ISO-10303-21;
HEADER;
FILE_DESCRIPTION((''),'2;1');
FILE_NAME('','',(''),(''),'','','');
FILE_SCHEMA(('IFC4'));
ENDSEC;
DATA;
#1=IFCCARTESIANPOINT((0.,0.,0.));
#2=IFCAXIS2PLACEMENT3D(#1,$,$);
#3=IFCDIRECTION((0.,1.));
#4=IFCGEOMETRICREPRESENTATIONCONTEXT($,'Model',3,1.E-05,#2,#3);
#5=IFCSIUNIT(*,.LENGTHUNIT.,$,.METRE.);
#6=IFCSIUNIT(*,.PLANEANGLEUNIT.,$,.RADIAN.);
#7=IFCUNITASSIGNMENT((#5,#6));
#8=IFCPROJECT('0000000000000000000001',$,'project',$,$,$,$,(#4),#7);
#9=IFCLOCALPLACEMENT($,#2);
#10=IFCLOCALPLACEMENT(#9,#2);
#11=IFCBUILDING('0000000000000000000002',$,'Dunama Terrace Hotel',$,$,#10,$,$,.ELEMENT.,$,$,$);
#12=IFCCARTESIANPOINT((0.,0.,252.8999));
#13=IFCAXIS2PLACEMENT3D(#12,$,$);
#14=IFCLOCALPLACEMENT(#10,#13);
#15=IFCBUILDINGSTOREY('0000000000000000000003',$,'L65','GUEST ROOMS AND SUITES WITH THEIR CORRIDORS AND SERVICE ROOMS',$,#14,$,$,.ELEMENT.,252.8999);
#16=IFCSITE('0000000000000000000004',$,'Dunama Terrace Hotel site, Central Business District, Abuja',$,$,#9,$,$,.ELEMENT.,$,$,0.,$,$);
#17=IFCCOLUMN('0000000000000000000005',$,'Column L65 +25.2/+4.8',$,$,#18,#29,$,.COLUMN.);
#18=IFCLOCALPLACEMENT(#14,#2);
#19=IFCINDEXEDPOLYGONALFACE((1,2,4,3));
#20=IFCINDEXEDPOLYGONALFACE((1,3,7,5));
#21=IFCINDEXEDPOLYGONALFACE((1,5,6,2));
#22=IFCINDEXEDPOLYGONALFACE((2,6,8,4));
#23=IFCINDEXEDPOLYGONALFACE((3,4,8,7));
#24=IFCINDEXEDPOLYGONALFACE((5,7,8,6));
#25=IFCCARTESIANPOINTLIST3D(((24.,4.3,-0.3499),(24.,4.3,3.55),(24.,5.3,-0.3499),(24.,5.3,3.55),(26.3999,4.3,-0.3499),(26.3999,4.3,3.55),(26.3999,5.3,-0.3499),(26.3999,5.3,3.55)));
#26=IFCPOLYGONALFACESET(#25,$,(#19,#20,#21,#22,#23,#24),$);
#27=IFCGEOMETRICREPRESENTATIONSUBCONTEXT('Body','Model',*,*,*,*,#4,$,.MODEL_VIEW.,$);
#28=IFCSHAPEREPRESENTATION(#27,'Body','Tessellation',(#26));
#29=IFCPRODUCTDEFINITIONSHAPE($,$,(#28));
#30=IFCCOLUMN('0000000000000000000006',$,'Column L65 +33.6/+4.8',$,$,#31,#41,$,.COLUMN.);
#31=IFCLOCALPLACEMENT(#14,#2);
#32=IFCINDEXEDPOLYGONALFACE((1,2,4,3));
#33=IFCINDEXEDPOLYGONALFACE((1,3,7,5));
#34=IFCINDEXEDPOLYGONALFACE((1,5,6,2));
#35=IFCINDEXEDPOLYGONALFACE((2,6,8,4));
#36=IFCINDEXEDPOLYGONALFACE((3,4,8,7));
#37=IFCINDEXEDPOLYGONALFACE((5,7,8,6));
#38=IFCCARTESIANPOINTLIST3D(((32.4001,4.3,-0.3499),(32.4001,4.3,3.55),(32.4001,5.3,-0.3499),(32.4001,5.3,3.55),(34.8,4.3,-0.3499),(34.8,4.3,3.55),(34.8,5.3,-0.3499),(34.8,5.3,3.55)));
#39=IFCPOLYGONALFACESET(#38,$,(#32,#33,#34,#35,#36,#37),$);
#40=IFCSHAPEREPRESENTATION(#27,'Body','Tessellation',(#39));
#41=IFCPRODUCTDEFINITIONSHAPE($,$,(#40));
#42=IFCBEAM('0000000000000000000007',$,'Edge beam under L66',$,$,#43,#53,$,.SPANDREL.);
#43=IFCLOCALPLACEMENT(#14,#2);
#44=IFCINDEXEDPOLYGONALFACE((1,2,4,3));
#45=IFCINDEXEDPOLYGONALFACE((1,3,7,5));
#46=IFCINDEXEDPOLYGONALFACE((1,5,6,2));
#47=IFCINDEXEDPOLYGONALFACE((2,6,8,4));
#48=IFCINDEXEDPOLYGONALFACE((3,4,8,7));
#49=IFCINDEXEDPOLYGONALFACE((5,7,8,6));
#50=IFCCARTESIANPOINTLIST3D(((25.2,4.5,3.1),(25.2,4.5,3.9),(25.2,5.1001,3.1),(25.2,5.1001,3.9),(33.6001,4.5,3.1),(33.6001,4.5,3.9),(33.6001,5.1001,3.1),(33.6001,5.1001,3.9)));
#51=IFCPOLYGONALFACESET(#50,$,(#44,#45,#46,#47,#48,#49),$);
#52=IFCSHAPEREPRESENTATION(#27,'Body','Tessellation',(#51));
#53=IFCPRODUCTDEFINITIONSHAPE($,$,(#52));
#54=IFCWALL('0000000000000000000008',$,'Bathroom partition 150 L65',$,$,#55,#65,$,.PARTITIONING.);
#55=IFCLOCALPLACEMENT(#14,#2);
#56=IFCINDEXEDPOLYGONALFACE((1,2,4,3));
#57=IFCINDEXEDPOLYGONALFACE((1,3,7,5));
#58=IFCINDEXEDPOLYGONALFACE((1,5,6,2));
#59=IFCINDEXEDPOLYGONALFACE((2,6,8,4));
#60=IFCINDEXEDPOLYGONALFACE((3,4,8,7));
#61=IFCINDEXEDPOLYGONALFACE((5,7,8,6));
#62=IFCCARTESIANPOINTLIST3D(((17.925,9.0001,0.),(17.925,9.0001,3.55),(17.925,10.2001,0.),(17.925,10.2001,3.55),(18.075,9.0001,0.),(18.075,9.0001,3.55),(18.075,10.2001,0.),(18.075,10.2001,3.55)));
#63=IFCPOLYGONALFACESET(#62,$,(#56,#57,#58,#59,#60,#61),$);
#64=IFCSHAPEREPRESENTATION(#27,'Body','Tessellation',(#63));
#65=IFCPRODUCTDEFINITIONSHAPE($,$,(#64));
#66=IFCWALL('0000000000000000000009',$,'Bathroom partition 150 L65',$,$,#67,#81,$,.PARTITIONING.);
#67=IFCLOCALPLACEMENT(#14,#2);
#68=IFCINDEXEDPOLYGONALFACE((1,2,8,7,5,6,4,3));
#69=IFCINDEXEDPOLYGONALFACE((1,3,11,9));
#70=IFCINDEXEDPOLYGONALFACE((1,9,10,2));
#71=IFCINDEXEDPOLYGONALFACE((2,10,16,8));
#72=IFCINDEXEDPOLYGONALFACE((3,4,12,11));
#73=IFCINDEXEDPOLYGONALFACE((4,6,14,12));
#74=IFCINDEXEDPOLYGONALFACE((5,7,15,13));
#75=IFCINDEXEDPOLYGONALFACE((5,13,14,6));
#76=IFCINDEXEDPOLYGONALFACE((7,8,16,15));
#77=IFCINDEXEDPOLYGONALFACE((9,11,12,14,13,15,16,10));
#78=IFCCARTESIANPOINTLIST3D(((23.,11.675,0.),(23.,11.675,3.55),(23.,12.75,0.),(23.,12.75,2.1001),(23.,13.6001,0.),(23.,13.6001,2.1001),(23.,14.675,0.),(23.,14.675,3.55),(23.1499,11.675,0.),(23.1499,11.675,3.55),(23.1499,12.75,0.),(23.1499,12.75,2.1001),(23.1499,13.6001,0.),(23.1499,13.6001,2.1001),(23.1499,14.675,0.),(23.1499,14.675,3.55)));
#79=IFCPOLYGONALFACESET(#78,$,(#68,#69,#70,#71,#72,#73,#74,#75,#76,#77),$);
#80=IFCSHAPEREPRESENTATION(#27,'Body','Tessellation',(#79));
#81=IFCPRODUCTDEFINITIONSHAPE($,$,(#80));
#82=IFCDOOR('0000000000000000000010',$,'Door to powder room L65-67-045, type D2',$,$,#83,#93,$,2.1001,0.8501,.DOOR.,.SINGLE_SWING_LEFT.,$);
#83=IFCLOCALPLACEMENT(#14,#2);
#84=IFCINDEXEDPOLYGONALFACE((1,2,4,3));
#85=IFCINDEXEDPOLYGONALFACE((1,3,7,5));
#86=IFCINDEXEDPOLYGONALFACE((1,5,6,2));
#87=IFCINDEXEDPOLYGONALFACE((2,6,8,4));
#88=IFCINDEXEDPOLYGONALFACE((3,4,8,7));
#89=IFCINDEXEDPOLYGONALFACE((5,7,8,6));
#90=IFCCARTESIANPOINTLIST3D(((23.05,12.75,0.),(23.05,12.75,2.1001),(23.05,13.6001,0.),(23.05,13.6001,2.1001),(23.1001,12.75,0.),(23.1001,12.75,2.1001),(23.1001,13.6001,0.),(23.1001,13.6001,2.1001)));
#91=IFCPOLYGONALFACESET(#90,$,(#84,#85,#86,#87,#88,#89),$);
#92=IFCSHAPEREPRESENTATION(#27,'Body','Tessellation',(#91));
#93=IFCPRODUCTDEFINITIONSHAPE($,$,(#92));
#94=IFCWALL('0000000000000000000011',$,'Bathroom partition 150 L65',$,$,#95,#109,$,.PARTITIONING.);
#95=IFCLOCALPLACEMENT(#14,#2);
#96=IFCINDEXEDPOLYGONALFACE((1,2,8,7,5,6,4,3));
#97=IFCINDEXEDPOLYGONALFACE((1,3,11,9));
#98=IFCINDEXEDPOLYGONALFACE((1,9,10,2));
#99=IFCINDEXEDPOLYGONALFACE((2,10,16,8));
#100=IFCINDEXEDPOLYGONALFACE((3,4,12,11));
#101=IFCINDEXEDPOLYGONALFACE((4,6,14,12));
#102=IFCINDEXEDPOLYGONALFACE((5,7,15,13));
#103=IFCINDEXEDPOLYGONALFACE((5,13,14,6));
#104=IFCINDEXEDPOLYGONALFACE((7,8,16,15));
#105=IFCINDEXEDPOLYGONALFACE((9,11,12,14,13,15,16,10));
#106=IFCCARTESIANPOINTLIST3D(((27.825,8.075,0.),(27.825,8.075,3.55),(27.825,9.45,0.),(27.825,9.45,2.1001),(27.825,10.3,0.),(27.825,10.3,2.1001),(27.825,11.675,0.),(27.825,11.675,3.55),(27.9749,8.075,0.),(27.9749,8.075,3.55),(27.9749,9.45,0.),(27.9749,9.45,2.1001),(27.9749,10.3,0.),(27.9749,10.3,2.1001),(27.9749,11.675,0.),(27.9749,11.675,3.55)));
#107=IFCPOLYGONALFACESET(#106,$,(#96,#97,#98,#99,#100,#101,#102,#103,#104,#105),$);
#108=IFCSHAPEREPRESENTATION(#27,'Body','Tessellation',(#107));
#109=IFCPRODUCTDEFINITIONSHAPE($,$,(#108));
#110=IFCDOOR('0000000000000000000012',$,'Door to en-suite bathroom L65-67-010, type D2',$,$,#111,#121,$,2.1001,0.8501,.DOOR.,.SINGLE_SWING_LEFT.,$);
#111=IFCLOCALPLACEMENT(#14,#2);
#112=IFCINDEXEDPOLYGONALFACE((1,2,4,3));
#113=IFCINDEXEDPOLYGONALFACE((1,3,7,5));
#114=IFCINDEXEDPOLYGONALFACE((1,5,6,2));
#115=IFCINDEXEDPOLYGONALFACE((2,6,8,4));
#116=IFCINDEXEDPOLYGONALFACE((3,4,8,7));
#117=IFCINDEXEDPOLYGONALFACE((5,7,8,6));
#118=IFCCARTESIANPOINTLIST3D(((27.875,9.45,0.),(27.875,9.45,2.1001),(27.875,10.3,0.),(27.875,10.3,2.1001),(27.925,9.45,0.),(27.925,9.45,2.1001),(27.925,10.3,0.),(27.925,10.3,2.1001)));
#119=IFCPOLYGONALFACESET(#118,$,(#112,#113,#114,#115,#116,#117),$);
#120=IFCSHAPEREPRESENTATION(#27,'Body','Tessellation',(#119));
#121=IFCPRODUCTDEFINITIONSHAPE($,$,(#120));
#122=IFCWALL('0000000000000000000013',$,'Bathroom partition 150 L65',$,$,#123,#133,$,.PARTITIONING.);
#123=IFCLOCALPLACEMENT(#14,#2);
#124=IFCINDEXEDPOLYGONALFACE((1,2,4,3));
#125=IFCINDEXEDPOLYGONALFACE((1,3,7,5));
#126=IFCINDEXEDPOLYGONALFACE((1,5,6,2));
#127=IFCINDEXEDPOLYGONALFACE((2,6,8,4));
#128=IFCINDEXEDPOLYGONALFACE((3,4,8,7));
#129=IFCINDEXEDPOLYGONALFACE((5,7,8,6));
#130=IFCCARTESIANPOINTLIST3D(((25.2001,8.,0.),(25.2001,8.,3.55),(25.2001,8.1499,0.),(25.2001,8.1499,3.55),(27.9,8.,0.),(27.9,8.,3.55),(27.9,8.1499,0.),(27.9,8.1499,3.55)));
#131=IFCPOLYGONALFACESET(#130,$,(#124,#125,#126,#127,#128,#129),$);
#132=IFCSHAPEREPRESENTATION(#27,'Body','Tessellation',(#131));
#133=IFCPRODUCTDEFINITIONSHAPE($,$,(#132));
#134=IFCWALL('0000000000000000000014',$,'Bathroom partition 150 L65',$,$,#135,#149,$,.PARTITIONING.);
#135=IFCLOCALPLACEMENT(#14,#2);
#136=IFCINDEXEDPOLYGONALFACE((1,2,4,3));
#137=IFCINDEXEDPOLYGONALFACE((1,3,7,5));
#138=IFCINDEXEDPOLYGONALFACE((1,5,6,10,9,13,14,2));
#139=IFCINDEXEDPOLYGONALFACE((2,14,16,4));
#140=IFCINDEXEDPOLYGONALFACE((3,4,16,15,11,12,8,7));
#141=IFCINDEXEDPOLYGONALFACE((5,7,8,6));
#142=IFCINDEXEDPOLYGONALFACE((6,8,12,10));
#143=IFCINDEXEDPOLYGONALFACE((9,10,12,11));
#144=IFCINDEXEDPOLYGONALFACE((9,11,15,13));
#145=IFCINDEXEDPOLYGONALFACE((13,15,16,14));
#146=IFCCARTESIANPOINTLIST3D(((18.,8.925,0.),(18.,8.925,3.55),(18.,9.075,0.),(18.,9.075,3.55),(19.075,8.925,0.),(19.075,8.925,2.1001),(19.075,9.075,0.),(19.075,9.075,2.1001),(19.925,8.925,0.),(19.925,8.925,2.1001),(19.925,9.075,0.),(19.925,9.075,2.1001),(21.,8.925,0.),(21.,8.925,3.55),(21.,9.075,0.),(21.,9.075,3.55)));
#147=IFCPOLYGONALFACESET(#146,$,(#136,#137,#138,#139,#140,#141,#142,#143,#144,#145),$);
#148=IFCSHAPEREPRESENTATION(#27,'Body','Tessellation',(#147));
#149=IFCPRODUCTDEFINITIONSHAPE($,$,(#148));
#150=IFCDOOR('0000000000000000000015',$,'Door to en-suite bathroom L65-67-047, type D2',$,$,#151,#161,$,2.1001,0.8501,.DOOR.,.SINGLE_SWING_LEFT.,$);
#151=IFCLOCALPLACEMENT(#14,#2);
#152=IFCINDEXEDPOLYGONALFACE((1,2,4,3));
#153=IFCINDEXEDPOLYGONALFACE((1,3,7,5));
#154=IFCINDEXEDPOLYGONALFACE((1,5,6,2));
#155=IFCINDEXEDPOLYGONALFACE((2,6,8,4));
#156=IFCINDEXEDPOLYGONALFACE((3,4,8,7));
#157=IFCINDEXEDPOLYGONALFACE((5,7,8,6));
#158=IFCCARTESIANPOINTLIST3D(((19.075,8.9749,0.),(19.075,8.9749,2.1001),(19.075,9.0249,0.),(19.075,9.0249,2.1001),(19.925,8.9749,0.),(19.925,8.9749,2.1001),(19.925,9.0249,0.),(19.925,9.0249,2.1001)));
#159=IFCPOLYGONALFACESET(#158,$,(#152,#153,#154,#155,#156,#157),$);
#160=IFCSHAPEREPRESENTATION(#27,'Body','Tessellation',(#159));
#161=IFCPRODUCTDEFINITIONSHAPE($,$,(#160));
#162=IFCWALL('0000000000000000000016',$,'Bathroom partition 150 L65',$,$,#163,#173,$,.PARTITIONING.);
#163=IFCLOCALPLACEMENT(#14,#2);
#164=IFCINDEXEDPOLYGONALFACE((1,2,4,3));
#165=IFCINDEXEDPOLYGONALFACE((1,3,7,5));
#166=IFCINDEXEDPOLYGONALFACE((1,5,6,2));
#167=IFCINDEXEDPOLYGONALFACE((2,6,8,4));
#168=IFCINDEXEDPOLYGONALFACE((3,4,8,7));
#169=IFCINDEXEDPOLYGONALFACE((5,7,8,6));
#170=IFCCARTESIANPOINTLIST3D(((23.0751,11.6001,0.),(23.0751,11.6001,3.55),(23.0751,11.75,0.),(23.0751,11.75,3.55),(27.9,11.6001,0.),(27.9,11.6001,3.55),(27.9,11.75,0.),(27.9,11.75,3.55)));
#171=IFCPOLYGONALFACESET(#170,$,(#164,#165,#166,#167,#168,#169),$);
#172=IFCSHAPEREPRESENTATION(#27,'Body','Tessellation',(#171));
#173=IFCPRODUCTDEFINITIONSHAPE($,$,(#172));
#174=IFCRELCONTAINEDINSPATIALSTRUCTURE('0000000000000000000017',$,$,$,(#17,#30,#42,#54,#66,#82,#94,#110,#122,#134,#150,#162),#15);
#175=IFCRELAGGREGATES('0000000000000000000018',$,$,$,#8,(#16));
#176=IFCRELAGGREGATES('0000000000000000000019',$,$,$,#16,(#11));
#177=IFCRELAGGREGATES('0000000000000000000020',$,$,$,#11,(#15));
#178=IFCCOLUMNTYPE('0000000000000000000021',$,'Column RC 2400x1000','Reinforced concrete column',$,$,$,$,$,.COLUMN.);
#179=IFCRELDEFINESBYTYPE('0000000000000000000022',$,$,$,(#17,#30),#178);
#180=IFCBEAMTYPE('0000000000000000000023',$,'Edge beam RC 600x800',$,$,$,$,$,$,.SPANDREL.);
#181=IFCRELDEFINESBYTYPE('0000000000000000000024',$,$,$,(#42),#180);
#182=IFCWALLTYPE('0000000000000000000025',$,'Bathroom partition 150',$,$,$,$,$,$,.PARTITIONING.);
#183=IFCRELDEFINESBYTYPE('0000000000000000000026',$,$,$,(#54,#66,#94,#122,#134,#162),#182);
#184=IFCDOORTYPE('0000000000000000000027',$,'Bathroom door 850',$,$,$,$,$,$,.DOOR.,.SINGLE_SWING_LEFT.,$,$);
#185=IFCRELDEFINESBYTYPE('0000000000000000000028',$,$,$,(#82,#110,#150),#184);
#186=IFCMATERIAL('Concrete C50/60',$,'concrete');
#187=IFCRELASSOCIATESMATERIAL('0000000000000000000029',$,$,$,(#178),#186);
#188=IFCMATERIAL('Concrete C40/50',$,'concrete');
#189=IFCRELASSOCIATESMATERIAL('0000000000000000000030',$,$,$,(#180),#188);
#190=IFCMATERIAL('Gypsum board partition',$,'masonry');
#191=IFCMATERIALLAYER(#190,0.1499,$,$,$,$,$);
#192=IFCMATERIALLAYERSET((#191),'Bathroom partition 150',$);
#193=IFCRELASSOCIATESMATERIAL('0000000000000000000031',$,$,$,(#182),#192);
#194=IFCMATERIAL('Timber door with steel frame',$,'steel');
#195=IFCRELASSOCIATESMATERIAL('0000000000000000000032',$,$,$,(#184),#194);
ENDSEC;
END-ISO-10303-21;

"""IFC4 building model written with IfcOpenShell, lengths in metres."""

from ifc_helpers import new_model, si_unit, direction, frame, frame_2d, origin, origin_2d, place, context, subcontext, project, spatial, rectangle, extrude, material, layer, layer_set, material_profile, profile_set, type_object, element, fill, save


model = new_model("IFC4")

# Units and contexts
model_context = context("Model", 3, precision=1e-05, world=origin(), true_north=direction((0.0, 1.0)))
body_context = subcontext(model_context, "Body", "Model", "MODEL_VIEW")
ifc_project = project(units=[si_unit("LENGTHUNIT", "METRE"), si_unit("PLANEANGLEUNIT", "RADIAN")], contexts=[model_context])

# Site, building, storey
site_placement = place(None, origin())
site = spatial("IfcSite", under=ifc_project, at=site_placement, Name="Dunama Terrace Hotel site, Central Business District, Abuja", CompositionType="ELEMENT", RefElevation=0.0)
building_placement = place(site_placement, origin())
building = spatial("IfcBuilding", under=site, at=building_placement, Name="Dunama Terrace Hotel", CompositionType="ELEMENT")
storey_placement = place(building_placement, frame((0.0, 0.0, 252.8999)))
storey = spatial("IfcBuildingStorey", under=building, at=storey_placement, Name="L65", Description="GUEST ROOMS AND SUITES WITH THEIR CORRIDORS AND SERVICE ROOMS", CompositionType="ELEMENT", Elevation=252.8999)

# Columns
ifc_material_1 = material(Name="Concrete C50/60", Category="concrete")
ifc_material_profile_1 = material_profile(ifc_material_1, rectangle(XDim=2.3999, YDim=1.0, at=origin_2d()), Name="RC 2400x1000")
ifc_profile_set_1 = profile_set([ifc_material_profile_1], Name="Concrete C50/60")
column_type = type_object("IfcColumnType", Name="Column RC 2400x1000", Description="Reinforced concrete column", PredefinedType="COLUMN", material=ifc_profile_set_1)
for number, where, z_axis, x_axis, name in (
    (1, (25.2, 4.8, -0.3499), (0.0, 0.0, 1.0), (1.0, 0.0, 0.0), "Column L65 +25.2/+4.8"),
    (2, (33.6001, 4.8, -0.3499), (0.0, 0.0, 1.0), (1.0, 0.0, 0.0), "Column L65 +33.6/+4.8"),
):
    element("IfcColumn", number, at=place(storey_placement, frame(where, z_axis=z_axis, x_axis=x_axis)), inside=storey, type_object=column_type, Name=name, PredefinedType="COLUMN", context=body_context, shape_type="SweptSolid", body=[
        extrude(rectangle(XDim=2.3999, YDim=1.0, at=origin_2d()), origin(), (0.0, 0.0, 1.0), 3.8999),
    ])

# Beam
ifc_material_2 = material(Name="Concrete C40/50", Category="concrete")
ifc_material_profile_2 = material_profile(ifc_material_2, rectangle(XDim=0.6001, YDim=0.8, at=origin_2d()), Name="RC 600x800")
ifc_profile_set_2 = profile_set([ifc_material_profile_2], Name="Concrete C40/50")
beam_type = type_object("IfcBeamType", Name="Edge beam RC 600x800", PredefinedType="SPANDREL", material=ifc_profile_set_2)
beam_placement = place(storey_placement, frame((25.2, 4.8, 3.5), z_axis=(1.0, 0.0, 0.0), x_axis=(0.0, 1.0, 0.0)))
element("IfcBeam", 3, at=beam_placement, inside=storey, type_object=beam_type, Name="Edge beam under L66", PredefinedType="SPANDREL", context=body_context, shape_type="SweptSolid", body=[
    extrude(rectangle(XDim=0.6001, YDim=0.8, at=origin_2d()), origin(), (0.0, 0.0, 1.0), 8.4001),
])

# Wall
ifc_material_3 = material(Name="Gypsum board partition", Category="masonry")
ifc_layer_1 = layer(ifc_material_3, 0.1499)
ifc_layer_set_1 = layer_set([ifc_layer_1], Name="Bathroom partition 150")
wall_type_1 = type_object("IfcWallType", Name="Bathroom partition 150", PredefinedType="PARTITIONING", material=ifc_layer_set_1)
wall_1_placement = place(storey_placement, frame((18.0, 9.0, 0.0), z_axis=(0.0, 0.0, 1.0), x_axis=(0.0, 1.0, 0.0)))
element("IfcWall", 4, at=wall_1_placement, inside=storey, type_object=wall_type_1, Name="Bathroom partition 150 L65", PredefinedType="PARTITIONING", context=body_context, shape_type="SweptSolid", body=[
    extrude(rectangle(XDim=1.2, YDim=0.1499, at=frame_2d((0.6001, 0.0))), origin(), (0.0, 0.0, 1.0), 3.55),
])

# Walls, openings, doors
wall_2_placement = place(storey_placement, frame((23.075, 11.675, 0.0), z_axis=(0.0, 0.0, 1.0), x_axis=(0.0, 1.0, 0.0)))
wall_2 = element("IfcWall", 5, at=wall_2_placement, inside=storey, type_object=wall_type_1, Name="Bathroom partition 150 L65", PredefinedType="PARTITIONING", context=body_context, shape_type="SweptSolid", body=[
    extrude(rectangle(XDim=3.0, YDim=0.1499, at=frame_2d((1.5, 0.0))), origin(), (0.0, 0.0, 1.0), 3.55),
])
opening_1_placement = place(wall_2_placement, frame((1.075, 0.0, 0.0)))
opening_1 = element("IfcOpeningElement", 6, at=opening_1_placement, cuts=wall_2, PredefinedType="OPENING", context=body_context, shape_type="SweptSolid", body=[
    extrude(rectangle(XDim=0.8501, YDim=2.1001, at=frame_2d((0.425, 1.05))), frame((0.0, 0.085, 0.0), z_axis=(0.0, -1.0, 0.0), x_axis=(1.0, 0.0, 0.0)), (0.0, 0.0, 1.0), 0.1699),
])
ifc_material_4 = material(Name="Timber door with steel frame", Category="steel")
door_type = type_object("IfcDoorType", Name="Bathroom door 850", OperationType="SINGLE_SWING_LEFT", PredefinedType="DOOR", material=ifc_material_4)
door_1_placement = place(opening_1_placement, frame((0.8501, 0.0, 0.0), z_axis=(0.0, 0.0, 1.0), x_axis=(-1.0, 0.0, 0.0)))
door_1 = element("IfcDoor", 7, at=door_1_placement, inside=storey, type_object=door_type, Name="Door to powder room L65-67-045, type D2", OperationType="SINGLE_SWING_LEFT", OverallHeight=2.1001, OverallWidth=0.8501, PredefinedType="DOOR", context=body_context, shape_type="SweptSolid", body=[
    extrude(rectangle(XDim=0.8501, YDim=2.1001, at=frame_2d((0.425, 1.05))), frame((0.0, 0.0251, 0.0), z_axis=(0.0, -1.0, 0.0), x_axis=(1.0, 0.0, 0.0)), (0.0, 0.0, 1.0), 0.05),
])
fill(opening_1, door_1)
wall_3_placement = place(storey_placement, frame((27.8999, 8.075, 0.0), z_axis=(0.0, 0.0, 1.0), x_axis=(0.0, 1.0, 0.0)))
wall_3 = element("IfcWall", 8, at=wall_3_placement, inside=storey, type_object=wall_type_1, Name="Bathroom partition 150 L65", PredefinedType="PARTITIONING", context=body_context, shape_type="SweptSolid", body=[
    extrude(rectangle(XDim=3.6001, YDim=0.1499, at=frame_2d((1.8, 0.0))), origin(), (0.0, 0.0, 1.0), 3.55),
])
opening_2_placement = place(wall_3_placement, frame((1.375, 0.0, 0.0)))
opening_2 = element("IfcOpeningElement", 9, at=opening_2_placement, cuts=wall_3, PredefinedType="OPENING", context=body_context, shape_type="SweptSolid", body=[
    extrude(rectangle(XDim=0.8501, YDim=2.1001, at=frame_2d((0.425, 1.05))), frame((0.0, 0.085, 0.0), z_axis=(0.0, -1.0, 0.0), x_axis=(1.0, 0.0, 0.0)), (0.0, 0.0, 1.0), 0.1699),
])
door_2_placement = place(opening_2_placement, origin())
door_2 = element("IfcDoor", 10, at=door_2_placement, inside=storey, type_object=door_type, Name="Door to en-suite bathroom L65-67-010, type D2", OperationType="SINGLE_SWING_LEFT", OverallHeight=2.1001, OverallWidth=0.8501, PredefinedType="DOOR", context=body_context, shape_type="SweptSolid", body=[
    extrude(rectangle(XDim=0.8501, YDim=2.1001, at=frame_2d((0.425, 1.05))), frame((0.0, 0.0249, 0.0), z_axis=(0.0, -1.0, 0.0), x_axis=(1.0, 0.0, 0.0)), (0.0, 0.0, 1.0), 0.05),
])
fill(opening_2, door_2)

# Wall
wall_4_placement = place(storey_placement, frame((25.2, 8.075, 0.0), z_axis=(0.0, 0.0, 1.0), x_axis=(1.0, 0.0, 0.0)))
element("IfcWall", 11, at=wall_4_placement, inside=storey, type_object=wall_type_1, Name="Bathroom partition 150 L65", PredefinedType="PARTITIONING", context=body_context, shape_type="SweptSolid", body=[
    extrude(rectangle(XDim=2.7, YDim=0.1499, at=frame_2d((1.3501, 0.0))), origin(), (0.0, 0.0, 1.0), 3.55),
])

# Wall, opening, door
wall_5_placement = place(storey_placement, frame((18.0, 9.0, 0.0), z_axis=(0.0, 0.0, 1.0), x_axis=(1.0, 0.0, 0.0)))
wall_5 = element("IfcWall", 12, at=wall_5_placement, inside=storey, type_object=wall_type_1, Name="Bathroom partition 150 L65", PredefinedType="PARTITIONING", context=body_context, shape_type="SweptSolid", body=[
    extrude(rectangle(XDim=3.0, YDim=0.1499, at=frame_2d((1.5, 0.0))), origin(), (0.0, 0.0, 1.0), 3.55),
])
opening_3_placement = place(wall_5_placement, frame((1.075, 0.0, 0.0)))
opening_3 = element("IfcOpeningElement", 13, at=opening_3_placement, cuts=wall_5, PredefinedType="OPENING", context=body_context, shape_type="SweptSolid", body=[
    extrude(rectangle(XDim=0.8501, YDim=2.1001, at=frame_2d((0.425, 1.05))), frame((0.0, 0.085, 0.0), z_axis=(0.0, -1.0, 0.0), x_axis=(1.0, 0.0, 0.0)), (0.0, 0.0, 1.0), 0.1699),
])
door_3_placement = place(opening_3_placement, origin())
door_3 = element("IfcDoor", 14, at=door_3_placement, inside=storey, type_object=door_type, Name="Door to en-suite bathroom L65-67-047, type D2", OperationType="SINGLE_SWING_LEFT", OverallHeight=2.1001, OverallWidth=0.8501, PredefinedType="DOOR", context=body_context, shape_type="SweptSolid", body=[
    extrude(rectangle(XDim=0.8501, YDim=2.1001, at=frame_2d((0.425, 1.05))), frame((0.0, 0.0249, 0.0), z_axis=(0.0, -1.0, 0.0), x_axis=(1.0, 0.0, 0.0)), (0.0, 0.0, 1.0), 0.05),
])
fill(opening_3, door_3)

# Wall
wall_6_placement = place(storey_placement, frame((23.075, 11.675, 0.0), z_axis=(0.0, 0.0, 1.0), x_axis=(1.0, 0.0, 0.0)))
element("IfcWall", 15, at=wall_6_placement, inside=storey, type_object=wall_type_1, Name="Bathroom partition 150 L65", PredefinedType="PARTITIONING", context=body_context, shape_type="SweptSolid", body=[
    extrude(rectangle(XDim=4.825, YDim=0.1499, at=frame_2d((2.4126, 0.0))), origin(), (0.0, 0.0, 1.0), 3.55),
])

save(model, "model.ifc")
